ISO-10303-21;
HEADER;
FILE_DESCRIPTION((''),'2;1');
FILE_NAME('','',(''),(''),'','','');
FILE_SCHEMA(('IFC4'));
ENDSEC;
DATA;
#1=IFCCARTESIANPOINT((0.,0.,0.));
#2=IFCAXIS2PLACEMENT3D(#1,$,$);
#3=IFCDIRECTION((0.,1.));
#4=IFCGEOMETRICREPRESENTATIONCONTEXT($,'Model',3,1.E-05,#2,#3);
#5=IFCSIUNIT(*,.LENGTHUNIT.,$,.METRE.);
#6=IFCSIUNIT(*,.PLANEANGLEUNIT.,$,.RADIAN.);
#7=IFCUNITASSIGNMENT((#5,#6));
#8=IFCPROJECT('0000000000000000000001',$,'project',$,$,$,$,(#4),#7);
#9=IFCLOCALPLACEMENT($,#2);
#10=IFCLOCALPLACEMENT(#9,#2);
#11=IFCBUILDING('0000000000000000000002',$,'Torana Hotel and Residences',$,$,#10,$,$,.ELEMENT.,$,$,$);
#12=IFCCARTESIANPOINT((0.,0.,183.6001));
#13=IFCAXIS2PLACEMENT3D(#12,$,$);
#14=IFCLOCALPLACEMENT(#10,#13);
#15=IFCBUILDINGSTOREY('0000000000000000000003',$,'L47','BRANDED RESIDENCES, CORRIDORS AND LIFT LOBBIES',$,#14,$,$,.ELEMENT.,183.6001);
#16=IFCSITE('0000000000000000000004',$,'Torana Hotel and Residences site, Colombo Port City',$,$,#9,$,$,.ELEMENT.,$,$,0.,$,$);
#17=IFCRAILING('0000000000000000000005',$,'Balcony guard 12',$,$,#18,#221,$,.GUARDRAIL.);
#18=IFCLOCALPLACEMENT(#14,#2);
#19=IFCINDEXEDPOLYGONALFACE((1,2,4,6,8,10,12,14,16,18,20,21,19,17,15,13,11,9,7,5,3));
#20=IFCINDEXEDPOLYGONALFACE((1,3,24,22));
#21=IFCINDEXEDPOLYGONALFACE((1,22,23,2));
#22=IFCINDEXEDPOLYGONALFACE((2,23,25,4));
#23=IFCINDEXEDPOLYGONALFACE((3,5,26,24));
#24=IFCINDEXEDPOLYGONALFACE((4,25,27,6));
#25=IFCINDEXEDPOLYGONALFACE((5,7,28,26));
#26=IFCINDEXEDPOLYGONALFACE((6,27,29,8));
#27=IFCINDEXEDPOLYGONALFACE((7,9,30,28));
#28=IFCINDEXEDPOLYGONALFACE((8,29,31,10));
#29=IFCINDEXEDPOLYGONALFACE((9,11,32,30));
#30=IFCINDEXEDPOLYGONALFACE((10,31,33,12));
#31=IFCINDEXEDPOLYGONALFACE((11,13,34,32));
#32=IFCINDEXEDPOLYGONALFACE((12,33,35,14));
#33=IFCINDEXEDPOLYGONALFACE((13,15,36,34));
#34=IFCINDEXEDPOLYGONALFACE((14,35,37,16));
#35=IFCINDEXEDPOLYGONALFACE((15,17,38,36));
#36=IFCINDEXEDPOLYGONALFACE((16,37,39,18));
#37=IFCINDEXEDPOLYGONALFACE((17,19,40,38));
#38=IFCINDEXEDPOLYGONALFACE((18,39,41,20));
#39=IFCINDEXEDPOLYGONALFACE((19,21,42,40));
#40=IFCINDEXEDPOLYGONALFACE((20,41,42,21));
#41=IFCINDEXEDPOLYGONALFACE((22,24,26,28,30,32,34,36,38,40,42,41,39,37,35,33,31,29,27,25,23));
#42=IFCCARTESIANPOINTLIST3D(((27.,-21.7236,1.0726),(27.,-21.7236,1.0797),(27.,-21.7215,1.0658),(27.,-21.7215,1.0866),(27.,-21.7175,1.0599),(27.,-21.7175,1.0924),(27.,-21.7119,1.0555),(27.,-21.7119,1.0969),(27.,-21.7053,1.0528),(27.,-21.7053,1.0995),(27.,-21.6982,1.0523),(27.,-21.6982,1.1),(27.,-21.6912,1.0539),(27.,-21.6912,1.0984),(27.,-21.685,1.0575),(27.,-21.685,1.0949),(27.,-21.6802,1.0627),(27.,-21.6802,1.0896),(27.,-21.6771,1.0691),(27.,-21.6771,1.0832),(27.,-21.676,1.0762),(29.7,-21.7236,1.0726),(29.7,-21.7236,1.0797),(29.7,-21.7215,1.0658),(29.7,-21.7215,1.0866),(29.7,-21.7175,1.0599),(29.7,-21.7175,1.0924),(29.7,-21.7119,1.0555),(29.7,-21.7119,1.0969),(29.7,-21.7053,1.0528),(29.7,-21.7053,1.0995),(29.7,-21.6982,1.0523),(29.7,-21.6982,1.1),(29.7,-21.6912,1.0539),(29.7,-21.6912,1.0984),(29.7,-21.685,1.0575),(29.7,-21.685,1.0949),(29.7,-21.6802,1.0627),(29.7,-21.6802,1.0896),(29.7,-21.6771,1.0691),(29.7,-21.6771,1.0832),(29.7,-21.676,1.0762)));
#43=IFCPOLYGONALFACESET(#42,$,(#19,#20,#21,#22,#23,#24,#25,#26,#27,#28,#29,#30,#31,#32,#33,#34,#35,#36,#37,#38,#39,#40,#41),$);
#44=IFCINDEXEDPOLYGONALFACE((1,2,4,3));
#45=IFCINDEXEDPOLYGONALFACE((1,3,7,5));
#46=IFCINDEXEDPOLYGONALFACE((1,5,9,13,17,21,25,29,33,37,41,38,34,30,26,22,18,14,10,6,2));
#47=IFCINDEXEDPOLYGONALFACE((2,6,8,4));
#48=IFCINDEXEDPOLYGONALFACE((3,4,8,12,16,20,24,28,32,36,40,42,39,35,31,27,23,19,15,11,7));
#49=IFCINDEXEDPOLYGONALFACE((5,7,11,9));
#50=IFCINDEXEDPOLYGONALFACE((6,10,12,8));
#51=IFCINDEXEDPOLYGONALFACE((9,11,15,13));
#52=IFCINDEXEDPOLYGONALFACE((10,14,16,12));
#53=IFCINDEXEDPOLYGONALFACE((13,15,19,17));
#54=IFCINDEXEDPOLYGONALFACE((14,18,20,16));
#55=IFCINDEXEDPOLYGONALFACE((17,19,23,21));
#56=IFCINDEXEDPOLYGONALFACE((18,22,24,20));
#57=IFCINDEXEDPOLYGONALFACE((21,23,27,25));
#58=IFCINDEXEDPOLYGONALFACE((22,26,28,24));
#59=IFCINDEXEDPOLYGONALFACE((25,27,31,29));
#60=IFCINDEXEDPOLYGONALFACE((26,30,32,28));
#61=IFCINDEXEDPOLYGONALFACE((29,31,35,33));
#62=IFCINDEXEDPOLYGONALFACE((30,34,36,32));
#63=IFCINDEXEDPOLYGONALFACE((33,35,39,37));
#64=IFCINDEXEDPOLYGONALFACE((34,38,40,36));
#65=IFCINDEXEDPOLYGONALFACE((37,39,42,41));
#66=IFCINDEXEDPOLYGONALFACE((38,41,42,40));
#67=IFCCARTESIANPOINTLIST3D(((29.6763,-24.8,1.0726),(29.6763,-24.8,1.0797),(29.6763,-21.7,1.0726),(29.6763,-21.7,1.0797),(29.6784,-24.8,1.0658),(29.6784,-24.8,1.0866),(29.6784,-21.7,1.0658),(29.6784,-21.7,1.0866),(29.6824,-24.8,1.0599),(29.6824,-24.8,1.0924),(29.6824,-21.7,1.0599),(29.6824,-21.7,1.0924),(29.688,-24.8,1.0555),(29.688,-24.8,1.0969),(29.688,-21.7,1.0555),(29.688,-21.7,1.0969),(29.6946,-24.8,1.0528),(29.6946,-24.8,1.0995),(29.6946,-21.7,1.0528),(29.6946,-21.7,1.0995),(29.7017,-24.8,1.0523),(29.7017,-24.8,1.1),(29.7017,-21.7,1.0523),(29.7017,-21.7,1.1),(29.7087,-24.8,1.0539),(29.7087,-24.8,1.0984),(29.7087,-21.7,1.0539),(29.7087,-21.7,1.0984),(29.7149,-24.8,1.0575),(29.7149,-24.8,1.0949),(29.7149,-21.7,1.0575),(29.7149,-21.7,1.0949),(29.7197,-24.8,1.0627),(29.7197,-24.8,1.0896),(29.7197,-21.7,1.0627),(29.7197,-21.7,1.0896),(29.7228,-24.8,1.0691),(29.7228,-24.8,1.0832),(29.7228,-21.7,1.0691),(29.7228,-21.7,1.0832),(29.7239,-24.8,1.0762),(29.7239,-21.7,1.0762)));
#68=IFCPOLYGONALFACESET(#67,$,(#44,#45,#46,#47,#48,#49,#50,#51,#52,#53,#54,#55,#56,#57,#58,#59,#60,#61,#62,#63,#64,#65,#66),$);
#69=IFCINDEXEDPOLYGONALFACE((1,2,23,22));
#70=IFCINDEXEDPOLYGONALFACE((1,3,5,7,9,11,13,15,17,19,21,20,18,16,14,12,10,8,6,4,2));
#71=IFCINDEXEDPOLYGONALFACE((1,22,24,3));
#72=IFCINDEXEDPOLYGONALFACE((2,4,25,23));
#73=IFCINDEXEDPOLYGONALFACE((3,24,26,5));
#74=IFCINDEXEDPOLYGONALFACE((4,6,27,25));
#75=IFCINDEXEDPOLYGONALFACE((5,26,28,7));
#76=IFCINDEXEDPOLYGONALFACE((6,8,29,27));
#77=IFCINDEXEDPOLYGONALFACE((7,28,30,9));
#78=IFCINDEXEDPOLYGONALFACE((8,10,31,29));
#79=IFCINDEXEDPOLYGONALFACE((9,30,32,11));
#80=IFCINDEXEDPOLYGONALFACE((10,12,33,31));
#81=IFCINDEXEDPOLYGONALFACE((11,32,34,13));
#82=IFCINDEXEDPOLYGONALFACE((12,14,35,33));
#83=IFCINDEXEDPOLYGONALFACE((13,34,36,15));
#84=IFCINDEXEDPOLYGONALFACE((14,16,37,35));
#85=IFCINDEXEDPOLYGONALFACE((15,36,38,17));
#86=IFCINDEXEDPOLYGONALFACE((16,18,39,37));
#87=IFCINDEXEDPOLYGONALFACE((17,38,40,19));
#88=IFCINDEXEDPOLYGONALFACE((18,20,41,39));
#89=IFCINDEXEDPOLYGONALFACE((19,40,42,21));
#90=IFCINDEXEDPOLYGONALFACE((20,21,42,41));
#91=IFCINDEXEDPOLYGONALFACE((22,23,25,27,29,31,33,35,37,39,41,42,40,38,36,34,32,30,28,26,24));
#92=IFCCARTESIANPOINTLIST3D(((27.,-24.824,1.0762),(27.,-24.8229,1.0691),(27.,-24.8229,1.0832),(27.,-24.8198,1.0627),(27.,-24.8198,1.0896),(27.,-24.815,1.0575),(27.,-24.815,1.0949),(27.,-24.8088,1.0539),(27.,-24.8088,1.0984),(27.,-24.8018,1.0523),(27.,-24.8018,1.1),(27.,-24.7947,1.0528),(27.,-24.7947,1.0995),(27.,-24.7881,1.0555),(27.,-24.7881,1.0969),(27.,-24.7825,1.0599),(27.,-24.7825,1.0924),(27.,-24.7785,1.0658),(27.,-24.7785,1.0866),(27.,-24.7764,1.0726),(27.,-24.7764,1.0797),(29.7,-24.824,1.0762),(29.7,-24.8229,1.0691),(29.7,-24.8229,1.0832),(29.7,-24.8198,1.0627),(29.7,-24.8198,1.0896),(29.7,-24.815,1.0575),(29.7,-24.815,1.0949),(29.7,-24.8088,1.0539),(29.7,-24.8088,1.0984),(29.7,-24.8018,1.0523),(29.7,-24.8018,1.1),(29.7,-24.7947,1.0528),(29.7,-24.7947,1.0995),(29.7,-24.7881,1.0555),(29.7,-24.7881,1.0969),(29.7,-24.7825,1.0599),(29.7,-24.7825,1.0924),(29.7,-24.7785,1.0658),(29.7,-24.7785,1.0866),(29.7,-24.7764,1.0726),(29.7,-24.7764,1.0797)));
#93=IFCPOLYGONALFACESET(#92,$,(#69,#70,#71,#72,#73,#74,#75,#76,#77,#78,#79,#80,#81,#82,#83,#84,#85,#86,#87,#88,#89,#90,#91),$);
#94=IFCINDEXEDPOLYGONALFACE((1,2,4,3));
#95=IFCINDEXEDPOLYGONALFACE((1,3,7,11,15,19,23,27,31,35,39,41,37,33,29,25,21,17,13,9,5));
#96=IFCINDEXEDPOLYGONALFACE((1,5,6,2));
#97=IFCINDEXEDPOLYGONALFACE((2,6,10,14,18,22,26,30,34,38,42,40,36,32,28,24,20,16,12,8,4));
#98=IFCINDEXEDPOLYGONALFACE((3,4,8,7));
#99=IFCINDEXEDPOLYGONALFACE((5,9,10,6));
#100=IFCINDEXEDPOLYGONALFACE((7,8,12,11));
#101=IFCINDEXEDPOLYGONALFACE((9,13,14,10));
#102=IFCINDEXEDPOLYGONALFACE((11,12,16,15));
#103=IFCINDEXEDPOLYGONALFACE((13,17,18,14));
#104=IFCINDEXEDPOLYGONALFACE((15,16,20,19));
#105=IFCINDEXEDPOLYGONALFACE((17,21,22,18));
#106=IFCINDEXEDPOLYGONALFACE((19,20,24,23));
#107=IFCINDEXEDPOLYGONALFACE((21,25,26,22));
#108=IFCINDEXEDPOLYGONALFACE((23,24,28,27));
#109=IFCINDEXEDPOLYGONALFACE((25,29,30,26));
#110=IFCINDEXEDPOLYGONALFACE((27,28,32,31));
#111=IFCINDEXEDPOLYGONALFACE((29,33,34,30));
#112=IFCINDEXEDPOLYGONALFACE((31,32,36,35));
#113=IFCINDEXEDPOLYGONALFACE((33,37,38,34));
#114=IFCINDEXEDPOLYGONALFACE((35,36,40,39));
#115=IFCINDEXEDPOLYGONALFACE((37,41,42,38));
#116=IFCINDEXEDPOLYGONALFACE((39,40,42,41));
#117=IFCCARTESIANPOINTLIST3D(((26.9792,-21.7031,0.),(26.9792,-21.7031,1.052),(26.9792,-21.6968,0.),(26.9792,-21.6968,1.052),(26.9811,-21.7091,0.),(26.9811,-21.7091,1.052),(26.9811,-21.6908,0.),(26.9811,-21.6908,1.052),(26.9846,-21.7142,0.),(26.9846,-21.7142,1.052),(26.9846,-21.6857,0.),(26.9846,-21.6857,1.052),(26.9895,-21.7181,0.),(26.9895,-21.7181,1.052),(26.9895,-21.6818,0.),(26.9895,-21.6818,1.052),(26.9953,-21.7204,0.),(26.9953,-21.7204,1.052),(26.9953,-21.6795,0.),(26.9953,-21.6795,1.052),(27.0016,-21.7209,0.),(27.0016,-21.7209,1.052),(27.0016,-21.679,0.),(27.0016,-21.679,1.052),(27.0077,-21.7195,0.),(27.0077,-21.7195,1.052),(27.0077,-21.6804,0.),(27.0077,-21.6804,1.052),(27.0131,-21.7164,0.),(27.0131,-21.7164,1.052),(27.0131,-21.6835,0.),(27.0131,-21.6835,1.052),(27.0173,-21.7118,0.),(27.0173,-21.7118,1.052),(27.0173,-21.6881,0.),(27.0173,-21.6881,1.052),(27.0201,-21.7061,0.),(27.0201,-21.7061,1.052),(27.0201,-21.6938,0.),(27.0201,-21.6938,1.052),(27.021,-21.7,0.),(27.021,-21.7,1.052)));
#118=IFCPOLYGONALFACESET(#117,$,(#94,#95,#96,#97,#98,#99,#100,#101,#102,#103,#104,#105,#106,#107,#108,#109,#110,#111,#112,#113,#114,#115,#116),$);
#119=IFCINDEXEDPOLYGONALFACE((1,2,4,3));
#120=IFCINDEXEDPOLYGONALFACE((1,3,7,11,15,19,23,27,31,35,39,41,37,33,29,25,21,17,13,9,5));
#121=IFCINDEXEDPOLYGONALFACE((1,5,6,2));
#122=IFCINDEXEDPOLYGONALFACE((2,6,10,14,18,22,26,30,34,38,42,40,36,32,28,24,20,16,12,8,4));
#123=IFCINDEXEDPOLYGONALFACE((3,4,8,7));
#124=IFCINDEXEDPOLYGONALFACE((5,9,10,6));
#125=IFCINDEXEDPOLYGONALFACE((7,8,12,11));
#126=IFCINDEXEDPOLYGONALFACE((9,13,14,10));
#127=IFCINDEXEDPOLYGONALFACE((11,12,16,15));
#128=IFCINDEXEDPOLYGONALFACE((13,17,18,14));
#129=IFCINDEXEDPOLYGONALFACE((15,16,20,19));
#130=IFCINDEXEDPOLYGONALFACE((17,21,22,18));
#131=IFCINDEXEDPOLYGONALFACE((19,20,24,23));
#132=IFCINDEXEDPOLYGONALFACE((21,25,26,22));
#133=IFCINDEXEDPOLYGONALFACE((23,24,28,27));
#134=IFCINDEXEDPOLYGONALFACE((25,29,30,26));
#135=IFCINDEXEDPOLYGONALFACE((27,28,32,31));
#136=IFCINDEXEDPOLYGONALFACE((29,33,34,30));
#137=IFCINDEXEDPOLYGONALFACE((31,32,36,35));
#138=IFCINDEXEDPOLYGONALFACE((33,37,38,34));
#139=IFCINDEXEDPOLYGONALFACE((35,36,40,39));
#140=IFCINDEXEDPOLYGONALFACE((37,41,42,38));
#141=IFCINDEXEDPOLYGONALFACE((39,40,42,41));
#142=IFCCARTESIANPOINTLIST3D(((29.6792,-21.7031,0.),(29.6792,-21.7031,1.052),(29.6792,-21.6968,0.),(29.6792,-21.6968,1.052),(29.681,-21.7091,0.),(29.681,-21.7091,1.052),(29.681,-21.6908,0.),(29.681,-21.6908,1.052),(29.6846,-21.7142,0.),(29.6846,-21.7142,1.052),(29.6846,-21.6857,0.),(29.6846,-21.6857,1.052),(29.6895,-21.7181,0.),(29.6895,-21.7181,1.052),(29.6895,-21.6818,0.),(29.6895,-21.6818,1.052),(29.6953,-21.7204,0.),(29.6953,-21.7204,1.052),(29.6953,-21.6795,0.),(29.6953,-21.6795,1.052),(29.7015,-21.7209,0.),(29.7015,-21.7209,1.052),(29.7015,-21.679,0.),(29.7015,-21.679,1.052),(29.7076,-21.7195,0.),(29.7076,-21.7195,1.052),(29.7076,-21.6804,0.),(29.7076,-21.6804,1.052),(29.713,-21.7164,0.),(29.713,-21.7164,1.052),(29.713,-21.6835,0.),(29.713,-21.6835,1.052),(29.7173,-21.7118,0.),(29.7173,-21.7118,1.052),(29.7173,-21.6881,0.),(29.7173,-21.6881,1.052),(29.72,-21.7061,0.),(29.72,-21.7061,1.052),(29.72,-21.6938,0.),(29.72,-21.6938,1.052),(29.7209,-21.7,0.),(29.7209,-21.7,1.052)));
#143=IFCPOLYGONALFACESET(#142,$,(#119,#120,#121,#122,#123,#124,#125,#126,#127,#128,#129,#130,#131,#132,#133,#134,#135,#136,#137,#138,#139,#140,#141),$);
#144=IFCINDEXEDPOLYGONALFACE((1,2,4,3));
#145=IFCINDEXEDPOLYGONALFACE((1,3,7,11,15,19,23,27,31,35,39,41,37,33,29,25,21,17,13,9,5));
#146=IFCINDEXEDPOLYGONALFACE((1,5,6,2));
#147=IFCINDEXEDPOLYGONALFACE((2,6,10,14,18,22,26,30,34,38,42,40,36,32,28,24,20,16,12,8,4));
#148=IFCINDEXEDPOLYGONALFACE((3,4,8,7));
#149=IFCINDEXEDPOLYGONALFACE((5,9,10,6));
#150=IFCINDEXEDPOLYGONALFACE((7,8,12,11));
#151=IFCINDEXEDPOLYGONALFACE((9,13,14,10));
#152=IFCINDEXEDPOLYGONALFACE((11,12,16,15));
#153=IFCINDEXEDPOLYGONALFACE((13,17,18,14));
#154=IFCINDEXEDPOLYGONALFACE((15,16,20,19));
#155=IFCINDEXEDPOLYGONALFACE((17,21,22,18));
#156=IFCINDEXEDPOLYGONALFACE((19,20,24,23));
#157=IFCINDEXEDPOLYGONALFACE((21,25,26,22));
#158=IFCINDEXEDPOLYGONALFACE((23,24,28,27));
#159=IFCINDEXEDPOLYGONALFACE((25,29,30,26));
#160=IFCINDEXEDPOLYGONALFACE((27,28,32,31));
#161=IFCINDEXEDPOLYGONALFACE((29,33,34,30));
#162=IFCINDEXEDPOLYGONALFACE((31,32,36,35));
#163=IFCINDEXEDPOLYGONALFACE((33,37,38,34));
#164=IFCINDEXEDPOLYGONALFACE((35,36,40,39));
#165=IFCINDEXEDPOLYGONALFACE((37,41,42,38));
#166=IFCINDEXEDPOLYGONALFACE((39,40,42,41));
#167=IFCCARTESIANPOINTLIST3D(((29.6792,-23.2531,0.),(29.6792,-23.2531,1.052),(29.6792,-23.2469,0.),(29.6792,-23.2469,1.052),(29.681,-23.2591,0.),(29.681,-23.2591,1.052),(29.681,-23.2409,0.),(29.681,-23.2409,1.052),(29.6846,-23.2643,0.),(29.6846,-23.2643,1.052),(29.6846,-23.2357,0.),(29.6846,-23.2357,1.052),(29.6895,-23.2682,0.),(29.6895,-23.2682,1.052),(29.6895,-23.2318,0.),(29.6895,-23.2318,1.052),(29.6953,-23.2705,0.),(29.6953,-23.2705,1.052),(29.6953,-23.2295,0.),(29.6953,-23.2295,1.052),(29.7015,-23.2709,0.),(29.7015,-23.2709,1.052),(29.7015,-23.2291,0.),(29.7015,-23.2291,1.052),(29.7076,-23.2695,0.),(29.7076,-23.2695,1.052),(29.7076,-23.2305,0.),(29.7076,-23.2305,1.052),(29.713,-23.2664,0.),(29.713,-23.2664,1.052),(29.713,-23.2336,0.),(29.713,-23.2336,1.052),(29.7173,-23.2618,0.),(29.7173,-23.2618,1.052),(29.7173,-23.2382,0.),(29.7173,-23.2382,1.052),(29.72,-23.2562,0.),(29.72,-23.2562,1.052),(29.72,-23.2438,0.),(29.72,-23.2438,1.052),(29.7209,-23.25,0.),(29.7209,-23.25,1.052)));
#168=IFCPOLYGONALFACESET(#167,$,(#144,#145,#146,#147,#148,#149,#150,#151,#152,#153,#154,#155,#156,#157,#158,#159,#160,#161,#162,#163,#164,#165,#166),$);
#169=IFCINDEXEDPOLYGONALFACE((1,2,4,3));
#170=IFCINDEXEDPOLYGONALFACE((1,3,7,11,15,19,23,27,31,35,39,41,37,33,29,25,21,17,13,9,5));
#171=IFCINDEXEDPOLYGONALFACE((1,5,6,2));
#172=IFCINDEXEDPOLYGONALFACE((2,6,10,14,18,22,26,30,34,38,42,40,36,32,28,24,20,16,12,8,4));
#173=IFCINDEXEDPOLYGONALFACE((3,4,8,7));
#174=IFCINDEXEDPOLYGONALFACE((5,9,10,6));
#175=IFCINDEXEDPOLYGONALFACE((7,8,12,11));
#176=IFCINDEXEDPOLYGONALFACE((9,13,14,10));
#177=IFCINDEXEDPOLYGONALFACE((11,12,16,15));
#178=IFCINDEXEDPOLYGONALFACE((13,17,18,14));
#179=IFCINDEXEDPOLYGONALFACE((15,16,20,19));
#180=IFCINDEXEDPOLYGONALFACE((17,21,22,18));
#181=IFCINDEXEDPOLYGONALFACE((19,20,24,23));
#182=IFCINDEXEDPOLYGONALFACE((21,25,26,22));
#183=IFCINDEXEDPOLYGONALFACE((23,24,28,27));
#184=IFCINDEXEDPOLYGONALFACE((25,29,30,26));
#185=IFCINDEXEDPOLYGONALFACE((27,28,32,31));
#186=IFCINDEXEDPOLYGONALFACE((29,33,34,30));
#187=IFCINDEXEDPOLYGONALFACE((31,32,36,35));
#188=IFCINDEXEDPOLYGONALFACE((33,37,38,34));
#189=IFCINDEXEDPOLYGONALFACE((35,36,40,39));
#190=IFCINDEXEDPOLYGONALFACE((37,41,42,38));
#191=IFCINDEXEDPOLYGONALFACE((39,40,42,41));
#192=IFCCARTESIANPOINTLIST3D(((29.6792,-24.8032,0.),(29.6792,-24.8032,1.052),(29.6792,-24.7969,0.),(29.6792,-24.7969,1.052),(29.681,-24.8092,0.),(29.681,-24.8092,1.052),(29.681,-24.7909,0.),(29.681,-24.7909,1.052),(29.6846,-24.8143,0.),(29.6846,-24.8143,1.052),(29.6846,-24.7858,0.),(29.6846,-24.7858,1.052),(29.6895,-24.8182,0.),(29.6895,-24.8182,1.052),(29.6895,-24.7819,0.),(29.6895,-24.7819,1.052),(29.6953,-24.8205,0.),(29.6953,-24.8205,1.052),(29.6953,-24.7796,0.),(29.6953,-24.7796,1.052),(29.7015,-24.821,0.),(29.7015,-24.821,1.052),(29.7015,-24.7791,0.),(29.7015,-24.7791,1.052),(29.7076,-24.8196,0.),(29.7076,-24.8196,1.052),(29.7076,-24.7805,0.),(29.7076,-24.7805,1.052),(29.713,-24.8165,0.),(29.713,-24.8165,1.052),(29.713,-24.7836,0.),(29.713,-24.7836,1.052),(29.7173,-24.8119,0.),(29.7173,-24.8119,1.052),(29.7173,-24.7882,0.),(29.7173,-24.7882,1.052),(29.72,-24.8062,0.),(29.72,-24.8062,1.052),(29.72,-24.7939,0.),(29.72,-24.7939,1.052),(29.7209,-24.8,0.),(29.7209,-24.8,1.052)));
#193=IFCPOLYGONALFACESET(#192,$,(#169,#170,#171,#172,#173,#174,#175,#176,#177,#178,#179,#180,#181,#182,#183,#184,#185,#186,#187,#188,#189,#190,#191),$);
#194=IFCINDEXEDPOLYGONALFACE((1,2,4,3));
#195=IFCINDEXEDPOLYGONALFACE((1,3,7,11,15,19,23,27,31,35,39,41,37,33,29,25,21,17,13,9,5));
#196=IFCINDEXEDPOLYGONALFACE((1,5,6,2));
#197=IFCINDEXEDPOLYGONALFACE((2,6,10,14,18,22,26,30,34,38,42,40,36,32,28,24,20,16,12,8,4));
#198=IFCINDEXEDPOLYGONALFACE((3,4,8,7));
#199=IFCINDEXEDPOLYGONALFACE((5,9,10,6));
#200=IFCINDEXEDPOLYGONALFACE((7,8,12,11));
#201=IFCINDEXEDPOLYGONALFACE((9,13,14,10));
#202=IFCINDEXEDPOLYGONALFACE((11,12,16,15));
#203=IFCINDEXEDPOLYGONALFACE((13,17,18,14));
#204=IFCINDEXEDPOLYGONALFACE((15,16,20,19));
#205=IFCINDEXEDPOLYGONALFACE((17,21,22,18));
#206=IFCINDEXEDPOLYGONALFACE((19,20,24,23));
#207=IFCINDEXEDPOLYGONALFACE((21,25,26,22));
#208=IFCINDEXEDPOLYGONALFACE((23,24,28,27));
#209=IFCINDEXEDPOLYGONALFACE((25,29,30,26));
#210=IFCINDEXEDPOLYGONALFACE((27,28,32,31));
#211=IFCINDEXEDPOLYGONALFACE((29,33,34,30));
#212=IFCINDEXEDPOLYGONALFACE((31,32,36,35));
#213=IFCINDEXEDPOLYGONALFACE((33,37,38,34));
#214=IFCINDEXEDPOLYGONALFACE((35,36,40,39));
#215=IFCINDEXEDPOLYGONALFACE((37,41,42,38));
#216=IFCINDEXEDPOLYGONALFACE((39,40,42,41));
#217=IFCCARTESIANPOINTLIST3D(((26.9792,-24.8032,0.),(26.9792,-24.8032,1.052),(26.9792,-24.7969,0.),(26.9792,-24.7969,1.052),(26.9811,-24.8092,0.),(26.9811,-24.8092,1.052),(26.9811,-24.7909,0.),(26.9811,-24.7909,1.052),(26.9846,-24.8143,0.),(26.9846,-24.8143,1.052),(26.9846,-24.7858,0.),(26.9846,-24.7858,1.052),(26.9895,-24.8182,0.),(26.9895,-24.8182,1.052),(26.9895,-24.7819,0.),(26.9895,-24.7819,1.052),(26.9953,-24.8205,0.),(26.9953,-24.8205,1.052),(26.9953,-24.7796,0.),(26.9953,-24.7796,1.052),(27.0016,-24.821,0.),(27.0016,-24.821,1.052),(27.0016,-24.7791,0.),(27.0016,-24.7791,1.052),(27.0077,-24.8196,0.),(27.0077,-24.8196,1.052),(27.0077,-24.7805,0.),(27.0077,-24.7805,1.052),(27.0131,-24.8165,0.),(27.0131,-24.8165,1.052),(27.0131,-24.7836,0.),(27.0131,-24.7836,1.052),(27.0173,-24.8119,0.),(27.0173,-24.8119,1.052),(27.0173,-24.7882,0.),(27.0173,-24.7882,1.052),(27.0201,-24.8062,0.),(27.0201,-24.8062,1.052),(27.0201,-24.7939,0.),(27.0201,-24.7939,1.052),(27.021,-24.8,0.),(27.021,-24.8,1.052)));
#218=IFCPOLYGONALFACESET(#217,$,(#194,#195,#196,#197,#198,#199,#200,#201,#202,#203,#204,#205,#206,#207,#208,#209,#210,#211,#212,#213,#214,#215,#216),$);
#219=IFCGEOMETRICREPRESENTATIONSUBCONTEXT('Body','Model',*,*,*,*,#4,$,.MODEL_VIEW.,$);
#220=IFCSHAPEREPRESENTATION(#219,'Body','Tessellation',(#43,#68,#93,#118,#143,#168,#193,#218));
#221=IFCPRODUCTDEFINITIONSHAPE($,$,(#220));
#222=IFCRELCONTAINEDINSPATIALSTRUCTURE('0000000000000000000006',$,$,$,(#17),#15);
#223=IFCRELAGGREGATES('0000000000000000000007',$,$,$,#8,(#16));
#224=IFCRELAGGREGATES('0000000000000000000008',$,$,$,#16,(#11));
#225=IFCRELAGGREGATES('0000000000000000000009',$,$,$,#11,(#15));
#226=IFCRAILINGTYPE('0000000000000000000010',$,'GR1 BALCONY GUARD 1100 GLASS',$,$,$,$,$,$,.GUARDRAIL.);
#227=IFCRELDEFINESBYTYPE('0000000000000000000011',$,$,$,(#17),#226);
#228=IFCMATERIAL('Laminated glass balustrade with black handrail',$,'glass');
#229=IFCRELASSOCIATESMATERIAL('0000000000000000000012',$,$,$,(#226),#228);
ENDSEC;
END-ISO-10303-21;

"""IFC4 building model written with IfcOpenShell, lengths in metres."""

from ifc_helpers import new_model, si_unit, direction, frame, origin, origin_2d, place, context, subcontext, project, spatial, circle, extrude, material, type_object, element, save


model = new_model("IFC4")

# Units and contexts
model_context = context("Model", 3, precision=1e-05, world=origin(), true_north=direction((0.0, 1.0)))
body_context = subcontext(model_context, "Body", "Model", "MODEL_VIEW")
ifc_project = project(units=[si_unit("LENGTHUNIT", "METRE"), si_unit("PLANEANGLEUNIT", "RADIAN")], contexts=[model_context])

# Site, building, storey
site_placement = place(None, origin())
site = spatial("IfcSite", under=ifc_project, at=site_placement, Name="Torana Hotel and Residences site, Colombo Port City", CompositionType="ELEMENT", RefElevation=0.0)
building_placement = place(site_placement, origin())
building = spatial("IfcBuilding", under=site, at=building_placement, Name="Torana Hotel and Residences", CompositionType="ELEMENT")
storey_placement = place(building_placement, frame((0.0, 0.0, 183.6001)))
storey = spatial("IfcBuildingStorey", under=building, at=storey_placement, Name="L47", Description="BRANDED RESIDENCES, CORRIDORS AND LIFT LOBBIES", CompositionType="ELEMENT", Elevation=183.6001)

# Railing
ifc_material_1 = material(Name="Laminated glass balustrade with black handrail", Category="glass")
railing_type = type_object("IfcRailingType", Name="GR1 BALCONY GUARD 1100 GLASS", PredefinedType="GUARDRAIL", material=ifc_material_1)
railing_1_placement = place(storey_placement, frame((27.0, -21.7, 0.0)))
element("IfcRailing", 1, at=railing_1_placement, inside=storey, type_object=railing_type, Name="Balcony guard 12", PredefinedType="GUARDRAIL", context=body_context, shape_type="SweptSolid", body=[
    extrude(circle(Radius=0.0239, at=origin_2d()), frame((0.0, 0.0, 1.0762), z_axis=(1.0, 0.0, 0.0), x_axis=(0.0, 1.0, 0.0)), (0.0, 0.0, 1.0), 2.7),
    extrude(circle(Radius=0.0239, at=origin_2d()), frame((2.7, 0.0, 1.0762), z_axis=(0.0, -1.0, 0.0), x_axis=(1.0, 0.0, 0.0)), (0.0, 0.0, 1.0), 3.1001),
    extrude(circle(Radius=0.0239, at=origin_2d()), frame((2.7, -3.1001, 1.0762), z_axis=(-1.0, 0.0, 0.0), x_axis=(0.0, -1.0, 0.0)), (0.0, 0.0, 1.0), 2.7),
    extrude(circle(Radius=0.021, at=origin_2d()), origin(), (0.0, 0.0, 1.0), 1.052),
    extrude(circle(Radius=0.021, at=origin_2d()), frame((2.7, 0.0, 0.0)), (0.0, 0.0, 1.0), 1.052),
    extrude(circle(Radius=0.021, at=origin_2d()), frame((2.7, -1.55, 0.0)), (0.0, 0.0, 1.0), 1.052),
    extrude(circle(Radius=0.021, at=origin_2d()), frame((2.7, -3.1001, 0.0)), (0.0, 0.0, 1.0), 1.052),
    extrude(circle(Radius=0.021, at=origin_2d()), frame((0.0, -3.1001, 0.0)), (0.0, 0.0, 1.0), 1.052),
])

save(model, "model.ifc")
